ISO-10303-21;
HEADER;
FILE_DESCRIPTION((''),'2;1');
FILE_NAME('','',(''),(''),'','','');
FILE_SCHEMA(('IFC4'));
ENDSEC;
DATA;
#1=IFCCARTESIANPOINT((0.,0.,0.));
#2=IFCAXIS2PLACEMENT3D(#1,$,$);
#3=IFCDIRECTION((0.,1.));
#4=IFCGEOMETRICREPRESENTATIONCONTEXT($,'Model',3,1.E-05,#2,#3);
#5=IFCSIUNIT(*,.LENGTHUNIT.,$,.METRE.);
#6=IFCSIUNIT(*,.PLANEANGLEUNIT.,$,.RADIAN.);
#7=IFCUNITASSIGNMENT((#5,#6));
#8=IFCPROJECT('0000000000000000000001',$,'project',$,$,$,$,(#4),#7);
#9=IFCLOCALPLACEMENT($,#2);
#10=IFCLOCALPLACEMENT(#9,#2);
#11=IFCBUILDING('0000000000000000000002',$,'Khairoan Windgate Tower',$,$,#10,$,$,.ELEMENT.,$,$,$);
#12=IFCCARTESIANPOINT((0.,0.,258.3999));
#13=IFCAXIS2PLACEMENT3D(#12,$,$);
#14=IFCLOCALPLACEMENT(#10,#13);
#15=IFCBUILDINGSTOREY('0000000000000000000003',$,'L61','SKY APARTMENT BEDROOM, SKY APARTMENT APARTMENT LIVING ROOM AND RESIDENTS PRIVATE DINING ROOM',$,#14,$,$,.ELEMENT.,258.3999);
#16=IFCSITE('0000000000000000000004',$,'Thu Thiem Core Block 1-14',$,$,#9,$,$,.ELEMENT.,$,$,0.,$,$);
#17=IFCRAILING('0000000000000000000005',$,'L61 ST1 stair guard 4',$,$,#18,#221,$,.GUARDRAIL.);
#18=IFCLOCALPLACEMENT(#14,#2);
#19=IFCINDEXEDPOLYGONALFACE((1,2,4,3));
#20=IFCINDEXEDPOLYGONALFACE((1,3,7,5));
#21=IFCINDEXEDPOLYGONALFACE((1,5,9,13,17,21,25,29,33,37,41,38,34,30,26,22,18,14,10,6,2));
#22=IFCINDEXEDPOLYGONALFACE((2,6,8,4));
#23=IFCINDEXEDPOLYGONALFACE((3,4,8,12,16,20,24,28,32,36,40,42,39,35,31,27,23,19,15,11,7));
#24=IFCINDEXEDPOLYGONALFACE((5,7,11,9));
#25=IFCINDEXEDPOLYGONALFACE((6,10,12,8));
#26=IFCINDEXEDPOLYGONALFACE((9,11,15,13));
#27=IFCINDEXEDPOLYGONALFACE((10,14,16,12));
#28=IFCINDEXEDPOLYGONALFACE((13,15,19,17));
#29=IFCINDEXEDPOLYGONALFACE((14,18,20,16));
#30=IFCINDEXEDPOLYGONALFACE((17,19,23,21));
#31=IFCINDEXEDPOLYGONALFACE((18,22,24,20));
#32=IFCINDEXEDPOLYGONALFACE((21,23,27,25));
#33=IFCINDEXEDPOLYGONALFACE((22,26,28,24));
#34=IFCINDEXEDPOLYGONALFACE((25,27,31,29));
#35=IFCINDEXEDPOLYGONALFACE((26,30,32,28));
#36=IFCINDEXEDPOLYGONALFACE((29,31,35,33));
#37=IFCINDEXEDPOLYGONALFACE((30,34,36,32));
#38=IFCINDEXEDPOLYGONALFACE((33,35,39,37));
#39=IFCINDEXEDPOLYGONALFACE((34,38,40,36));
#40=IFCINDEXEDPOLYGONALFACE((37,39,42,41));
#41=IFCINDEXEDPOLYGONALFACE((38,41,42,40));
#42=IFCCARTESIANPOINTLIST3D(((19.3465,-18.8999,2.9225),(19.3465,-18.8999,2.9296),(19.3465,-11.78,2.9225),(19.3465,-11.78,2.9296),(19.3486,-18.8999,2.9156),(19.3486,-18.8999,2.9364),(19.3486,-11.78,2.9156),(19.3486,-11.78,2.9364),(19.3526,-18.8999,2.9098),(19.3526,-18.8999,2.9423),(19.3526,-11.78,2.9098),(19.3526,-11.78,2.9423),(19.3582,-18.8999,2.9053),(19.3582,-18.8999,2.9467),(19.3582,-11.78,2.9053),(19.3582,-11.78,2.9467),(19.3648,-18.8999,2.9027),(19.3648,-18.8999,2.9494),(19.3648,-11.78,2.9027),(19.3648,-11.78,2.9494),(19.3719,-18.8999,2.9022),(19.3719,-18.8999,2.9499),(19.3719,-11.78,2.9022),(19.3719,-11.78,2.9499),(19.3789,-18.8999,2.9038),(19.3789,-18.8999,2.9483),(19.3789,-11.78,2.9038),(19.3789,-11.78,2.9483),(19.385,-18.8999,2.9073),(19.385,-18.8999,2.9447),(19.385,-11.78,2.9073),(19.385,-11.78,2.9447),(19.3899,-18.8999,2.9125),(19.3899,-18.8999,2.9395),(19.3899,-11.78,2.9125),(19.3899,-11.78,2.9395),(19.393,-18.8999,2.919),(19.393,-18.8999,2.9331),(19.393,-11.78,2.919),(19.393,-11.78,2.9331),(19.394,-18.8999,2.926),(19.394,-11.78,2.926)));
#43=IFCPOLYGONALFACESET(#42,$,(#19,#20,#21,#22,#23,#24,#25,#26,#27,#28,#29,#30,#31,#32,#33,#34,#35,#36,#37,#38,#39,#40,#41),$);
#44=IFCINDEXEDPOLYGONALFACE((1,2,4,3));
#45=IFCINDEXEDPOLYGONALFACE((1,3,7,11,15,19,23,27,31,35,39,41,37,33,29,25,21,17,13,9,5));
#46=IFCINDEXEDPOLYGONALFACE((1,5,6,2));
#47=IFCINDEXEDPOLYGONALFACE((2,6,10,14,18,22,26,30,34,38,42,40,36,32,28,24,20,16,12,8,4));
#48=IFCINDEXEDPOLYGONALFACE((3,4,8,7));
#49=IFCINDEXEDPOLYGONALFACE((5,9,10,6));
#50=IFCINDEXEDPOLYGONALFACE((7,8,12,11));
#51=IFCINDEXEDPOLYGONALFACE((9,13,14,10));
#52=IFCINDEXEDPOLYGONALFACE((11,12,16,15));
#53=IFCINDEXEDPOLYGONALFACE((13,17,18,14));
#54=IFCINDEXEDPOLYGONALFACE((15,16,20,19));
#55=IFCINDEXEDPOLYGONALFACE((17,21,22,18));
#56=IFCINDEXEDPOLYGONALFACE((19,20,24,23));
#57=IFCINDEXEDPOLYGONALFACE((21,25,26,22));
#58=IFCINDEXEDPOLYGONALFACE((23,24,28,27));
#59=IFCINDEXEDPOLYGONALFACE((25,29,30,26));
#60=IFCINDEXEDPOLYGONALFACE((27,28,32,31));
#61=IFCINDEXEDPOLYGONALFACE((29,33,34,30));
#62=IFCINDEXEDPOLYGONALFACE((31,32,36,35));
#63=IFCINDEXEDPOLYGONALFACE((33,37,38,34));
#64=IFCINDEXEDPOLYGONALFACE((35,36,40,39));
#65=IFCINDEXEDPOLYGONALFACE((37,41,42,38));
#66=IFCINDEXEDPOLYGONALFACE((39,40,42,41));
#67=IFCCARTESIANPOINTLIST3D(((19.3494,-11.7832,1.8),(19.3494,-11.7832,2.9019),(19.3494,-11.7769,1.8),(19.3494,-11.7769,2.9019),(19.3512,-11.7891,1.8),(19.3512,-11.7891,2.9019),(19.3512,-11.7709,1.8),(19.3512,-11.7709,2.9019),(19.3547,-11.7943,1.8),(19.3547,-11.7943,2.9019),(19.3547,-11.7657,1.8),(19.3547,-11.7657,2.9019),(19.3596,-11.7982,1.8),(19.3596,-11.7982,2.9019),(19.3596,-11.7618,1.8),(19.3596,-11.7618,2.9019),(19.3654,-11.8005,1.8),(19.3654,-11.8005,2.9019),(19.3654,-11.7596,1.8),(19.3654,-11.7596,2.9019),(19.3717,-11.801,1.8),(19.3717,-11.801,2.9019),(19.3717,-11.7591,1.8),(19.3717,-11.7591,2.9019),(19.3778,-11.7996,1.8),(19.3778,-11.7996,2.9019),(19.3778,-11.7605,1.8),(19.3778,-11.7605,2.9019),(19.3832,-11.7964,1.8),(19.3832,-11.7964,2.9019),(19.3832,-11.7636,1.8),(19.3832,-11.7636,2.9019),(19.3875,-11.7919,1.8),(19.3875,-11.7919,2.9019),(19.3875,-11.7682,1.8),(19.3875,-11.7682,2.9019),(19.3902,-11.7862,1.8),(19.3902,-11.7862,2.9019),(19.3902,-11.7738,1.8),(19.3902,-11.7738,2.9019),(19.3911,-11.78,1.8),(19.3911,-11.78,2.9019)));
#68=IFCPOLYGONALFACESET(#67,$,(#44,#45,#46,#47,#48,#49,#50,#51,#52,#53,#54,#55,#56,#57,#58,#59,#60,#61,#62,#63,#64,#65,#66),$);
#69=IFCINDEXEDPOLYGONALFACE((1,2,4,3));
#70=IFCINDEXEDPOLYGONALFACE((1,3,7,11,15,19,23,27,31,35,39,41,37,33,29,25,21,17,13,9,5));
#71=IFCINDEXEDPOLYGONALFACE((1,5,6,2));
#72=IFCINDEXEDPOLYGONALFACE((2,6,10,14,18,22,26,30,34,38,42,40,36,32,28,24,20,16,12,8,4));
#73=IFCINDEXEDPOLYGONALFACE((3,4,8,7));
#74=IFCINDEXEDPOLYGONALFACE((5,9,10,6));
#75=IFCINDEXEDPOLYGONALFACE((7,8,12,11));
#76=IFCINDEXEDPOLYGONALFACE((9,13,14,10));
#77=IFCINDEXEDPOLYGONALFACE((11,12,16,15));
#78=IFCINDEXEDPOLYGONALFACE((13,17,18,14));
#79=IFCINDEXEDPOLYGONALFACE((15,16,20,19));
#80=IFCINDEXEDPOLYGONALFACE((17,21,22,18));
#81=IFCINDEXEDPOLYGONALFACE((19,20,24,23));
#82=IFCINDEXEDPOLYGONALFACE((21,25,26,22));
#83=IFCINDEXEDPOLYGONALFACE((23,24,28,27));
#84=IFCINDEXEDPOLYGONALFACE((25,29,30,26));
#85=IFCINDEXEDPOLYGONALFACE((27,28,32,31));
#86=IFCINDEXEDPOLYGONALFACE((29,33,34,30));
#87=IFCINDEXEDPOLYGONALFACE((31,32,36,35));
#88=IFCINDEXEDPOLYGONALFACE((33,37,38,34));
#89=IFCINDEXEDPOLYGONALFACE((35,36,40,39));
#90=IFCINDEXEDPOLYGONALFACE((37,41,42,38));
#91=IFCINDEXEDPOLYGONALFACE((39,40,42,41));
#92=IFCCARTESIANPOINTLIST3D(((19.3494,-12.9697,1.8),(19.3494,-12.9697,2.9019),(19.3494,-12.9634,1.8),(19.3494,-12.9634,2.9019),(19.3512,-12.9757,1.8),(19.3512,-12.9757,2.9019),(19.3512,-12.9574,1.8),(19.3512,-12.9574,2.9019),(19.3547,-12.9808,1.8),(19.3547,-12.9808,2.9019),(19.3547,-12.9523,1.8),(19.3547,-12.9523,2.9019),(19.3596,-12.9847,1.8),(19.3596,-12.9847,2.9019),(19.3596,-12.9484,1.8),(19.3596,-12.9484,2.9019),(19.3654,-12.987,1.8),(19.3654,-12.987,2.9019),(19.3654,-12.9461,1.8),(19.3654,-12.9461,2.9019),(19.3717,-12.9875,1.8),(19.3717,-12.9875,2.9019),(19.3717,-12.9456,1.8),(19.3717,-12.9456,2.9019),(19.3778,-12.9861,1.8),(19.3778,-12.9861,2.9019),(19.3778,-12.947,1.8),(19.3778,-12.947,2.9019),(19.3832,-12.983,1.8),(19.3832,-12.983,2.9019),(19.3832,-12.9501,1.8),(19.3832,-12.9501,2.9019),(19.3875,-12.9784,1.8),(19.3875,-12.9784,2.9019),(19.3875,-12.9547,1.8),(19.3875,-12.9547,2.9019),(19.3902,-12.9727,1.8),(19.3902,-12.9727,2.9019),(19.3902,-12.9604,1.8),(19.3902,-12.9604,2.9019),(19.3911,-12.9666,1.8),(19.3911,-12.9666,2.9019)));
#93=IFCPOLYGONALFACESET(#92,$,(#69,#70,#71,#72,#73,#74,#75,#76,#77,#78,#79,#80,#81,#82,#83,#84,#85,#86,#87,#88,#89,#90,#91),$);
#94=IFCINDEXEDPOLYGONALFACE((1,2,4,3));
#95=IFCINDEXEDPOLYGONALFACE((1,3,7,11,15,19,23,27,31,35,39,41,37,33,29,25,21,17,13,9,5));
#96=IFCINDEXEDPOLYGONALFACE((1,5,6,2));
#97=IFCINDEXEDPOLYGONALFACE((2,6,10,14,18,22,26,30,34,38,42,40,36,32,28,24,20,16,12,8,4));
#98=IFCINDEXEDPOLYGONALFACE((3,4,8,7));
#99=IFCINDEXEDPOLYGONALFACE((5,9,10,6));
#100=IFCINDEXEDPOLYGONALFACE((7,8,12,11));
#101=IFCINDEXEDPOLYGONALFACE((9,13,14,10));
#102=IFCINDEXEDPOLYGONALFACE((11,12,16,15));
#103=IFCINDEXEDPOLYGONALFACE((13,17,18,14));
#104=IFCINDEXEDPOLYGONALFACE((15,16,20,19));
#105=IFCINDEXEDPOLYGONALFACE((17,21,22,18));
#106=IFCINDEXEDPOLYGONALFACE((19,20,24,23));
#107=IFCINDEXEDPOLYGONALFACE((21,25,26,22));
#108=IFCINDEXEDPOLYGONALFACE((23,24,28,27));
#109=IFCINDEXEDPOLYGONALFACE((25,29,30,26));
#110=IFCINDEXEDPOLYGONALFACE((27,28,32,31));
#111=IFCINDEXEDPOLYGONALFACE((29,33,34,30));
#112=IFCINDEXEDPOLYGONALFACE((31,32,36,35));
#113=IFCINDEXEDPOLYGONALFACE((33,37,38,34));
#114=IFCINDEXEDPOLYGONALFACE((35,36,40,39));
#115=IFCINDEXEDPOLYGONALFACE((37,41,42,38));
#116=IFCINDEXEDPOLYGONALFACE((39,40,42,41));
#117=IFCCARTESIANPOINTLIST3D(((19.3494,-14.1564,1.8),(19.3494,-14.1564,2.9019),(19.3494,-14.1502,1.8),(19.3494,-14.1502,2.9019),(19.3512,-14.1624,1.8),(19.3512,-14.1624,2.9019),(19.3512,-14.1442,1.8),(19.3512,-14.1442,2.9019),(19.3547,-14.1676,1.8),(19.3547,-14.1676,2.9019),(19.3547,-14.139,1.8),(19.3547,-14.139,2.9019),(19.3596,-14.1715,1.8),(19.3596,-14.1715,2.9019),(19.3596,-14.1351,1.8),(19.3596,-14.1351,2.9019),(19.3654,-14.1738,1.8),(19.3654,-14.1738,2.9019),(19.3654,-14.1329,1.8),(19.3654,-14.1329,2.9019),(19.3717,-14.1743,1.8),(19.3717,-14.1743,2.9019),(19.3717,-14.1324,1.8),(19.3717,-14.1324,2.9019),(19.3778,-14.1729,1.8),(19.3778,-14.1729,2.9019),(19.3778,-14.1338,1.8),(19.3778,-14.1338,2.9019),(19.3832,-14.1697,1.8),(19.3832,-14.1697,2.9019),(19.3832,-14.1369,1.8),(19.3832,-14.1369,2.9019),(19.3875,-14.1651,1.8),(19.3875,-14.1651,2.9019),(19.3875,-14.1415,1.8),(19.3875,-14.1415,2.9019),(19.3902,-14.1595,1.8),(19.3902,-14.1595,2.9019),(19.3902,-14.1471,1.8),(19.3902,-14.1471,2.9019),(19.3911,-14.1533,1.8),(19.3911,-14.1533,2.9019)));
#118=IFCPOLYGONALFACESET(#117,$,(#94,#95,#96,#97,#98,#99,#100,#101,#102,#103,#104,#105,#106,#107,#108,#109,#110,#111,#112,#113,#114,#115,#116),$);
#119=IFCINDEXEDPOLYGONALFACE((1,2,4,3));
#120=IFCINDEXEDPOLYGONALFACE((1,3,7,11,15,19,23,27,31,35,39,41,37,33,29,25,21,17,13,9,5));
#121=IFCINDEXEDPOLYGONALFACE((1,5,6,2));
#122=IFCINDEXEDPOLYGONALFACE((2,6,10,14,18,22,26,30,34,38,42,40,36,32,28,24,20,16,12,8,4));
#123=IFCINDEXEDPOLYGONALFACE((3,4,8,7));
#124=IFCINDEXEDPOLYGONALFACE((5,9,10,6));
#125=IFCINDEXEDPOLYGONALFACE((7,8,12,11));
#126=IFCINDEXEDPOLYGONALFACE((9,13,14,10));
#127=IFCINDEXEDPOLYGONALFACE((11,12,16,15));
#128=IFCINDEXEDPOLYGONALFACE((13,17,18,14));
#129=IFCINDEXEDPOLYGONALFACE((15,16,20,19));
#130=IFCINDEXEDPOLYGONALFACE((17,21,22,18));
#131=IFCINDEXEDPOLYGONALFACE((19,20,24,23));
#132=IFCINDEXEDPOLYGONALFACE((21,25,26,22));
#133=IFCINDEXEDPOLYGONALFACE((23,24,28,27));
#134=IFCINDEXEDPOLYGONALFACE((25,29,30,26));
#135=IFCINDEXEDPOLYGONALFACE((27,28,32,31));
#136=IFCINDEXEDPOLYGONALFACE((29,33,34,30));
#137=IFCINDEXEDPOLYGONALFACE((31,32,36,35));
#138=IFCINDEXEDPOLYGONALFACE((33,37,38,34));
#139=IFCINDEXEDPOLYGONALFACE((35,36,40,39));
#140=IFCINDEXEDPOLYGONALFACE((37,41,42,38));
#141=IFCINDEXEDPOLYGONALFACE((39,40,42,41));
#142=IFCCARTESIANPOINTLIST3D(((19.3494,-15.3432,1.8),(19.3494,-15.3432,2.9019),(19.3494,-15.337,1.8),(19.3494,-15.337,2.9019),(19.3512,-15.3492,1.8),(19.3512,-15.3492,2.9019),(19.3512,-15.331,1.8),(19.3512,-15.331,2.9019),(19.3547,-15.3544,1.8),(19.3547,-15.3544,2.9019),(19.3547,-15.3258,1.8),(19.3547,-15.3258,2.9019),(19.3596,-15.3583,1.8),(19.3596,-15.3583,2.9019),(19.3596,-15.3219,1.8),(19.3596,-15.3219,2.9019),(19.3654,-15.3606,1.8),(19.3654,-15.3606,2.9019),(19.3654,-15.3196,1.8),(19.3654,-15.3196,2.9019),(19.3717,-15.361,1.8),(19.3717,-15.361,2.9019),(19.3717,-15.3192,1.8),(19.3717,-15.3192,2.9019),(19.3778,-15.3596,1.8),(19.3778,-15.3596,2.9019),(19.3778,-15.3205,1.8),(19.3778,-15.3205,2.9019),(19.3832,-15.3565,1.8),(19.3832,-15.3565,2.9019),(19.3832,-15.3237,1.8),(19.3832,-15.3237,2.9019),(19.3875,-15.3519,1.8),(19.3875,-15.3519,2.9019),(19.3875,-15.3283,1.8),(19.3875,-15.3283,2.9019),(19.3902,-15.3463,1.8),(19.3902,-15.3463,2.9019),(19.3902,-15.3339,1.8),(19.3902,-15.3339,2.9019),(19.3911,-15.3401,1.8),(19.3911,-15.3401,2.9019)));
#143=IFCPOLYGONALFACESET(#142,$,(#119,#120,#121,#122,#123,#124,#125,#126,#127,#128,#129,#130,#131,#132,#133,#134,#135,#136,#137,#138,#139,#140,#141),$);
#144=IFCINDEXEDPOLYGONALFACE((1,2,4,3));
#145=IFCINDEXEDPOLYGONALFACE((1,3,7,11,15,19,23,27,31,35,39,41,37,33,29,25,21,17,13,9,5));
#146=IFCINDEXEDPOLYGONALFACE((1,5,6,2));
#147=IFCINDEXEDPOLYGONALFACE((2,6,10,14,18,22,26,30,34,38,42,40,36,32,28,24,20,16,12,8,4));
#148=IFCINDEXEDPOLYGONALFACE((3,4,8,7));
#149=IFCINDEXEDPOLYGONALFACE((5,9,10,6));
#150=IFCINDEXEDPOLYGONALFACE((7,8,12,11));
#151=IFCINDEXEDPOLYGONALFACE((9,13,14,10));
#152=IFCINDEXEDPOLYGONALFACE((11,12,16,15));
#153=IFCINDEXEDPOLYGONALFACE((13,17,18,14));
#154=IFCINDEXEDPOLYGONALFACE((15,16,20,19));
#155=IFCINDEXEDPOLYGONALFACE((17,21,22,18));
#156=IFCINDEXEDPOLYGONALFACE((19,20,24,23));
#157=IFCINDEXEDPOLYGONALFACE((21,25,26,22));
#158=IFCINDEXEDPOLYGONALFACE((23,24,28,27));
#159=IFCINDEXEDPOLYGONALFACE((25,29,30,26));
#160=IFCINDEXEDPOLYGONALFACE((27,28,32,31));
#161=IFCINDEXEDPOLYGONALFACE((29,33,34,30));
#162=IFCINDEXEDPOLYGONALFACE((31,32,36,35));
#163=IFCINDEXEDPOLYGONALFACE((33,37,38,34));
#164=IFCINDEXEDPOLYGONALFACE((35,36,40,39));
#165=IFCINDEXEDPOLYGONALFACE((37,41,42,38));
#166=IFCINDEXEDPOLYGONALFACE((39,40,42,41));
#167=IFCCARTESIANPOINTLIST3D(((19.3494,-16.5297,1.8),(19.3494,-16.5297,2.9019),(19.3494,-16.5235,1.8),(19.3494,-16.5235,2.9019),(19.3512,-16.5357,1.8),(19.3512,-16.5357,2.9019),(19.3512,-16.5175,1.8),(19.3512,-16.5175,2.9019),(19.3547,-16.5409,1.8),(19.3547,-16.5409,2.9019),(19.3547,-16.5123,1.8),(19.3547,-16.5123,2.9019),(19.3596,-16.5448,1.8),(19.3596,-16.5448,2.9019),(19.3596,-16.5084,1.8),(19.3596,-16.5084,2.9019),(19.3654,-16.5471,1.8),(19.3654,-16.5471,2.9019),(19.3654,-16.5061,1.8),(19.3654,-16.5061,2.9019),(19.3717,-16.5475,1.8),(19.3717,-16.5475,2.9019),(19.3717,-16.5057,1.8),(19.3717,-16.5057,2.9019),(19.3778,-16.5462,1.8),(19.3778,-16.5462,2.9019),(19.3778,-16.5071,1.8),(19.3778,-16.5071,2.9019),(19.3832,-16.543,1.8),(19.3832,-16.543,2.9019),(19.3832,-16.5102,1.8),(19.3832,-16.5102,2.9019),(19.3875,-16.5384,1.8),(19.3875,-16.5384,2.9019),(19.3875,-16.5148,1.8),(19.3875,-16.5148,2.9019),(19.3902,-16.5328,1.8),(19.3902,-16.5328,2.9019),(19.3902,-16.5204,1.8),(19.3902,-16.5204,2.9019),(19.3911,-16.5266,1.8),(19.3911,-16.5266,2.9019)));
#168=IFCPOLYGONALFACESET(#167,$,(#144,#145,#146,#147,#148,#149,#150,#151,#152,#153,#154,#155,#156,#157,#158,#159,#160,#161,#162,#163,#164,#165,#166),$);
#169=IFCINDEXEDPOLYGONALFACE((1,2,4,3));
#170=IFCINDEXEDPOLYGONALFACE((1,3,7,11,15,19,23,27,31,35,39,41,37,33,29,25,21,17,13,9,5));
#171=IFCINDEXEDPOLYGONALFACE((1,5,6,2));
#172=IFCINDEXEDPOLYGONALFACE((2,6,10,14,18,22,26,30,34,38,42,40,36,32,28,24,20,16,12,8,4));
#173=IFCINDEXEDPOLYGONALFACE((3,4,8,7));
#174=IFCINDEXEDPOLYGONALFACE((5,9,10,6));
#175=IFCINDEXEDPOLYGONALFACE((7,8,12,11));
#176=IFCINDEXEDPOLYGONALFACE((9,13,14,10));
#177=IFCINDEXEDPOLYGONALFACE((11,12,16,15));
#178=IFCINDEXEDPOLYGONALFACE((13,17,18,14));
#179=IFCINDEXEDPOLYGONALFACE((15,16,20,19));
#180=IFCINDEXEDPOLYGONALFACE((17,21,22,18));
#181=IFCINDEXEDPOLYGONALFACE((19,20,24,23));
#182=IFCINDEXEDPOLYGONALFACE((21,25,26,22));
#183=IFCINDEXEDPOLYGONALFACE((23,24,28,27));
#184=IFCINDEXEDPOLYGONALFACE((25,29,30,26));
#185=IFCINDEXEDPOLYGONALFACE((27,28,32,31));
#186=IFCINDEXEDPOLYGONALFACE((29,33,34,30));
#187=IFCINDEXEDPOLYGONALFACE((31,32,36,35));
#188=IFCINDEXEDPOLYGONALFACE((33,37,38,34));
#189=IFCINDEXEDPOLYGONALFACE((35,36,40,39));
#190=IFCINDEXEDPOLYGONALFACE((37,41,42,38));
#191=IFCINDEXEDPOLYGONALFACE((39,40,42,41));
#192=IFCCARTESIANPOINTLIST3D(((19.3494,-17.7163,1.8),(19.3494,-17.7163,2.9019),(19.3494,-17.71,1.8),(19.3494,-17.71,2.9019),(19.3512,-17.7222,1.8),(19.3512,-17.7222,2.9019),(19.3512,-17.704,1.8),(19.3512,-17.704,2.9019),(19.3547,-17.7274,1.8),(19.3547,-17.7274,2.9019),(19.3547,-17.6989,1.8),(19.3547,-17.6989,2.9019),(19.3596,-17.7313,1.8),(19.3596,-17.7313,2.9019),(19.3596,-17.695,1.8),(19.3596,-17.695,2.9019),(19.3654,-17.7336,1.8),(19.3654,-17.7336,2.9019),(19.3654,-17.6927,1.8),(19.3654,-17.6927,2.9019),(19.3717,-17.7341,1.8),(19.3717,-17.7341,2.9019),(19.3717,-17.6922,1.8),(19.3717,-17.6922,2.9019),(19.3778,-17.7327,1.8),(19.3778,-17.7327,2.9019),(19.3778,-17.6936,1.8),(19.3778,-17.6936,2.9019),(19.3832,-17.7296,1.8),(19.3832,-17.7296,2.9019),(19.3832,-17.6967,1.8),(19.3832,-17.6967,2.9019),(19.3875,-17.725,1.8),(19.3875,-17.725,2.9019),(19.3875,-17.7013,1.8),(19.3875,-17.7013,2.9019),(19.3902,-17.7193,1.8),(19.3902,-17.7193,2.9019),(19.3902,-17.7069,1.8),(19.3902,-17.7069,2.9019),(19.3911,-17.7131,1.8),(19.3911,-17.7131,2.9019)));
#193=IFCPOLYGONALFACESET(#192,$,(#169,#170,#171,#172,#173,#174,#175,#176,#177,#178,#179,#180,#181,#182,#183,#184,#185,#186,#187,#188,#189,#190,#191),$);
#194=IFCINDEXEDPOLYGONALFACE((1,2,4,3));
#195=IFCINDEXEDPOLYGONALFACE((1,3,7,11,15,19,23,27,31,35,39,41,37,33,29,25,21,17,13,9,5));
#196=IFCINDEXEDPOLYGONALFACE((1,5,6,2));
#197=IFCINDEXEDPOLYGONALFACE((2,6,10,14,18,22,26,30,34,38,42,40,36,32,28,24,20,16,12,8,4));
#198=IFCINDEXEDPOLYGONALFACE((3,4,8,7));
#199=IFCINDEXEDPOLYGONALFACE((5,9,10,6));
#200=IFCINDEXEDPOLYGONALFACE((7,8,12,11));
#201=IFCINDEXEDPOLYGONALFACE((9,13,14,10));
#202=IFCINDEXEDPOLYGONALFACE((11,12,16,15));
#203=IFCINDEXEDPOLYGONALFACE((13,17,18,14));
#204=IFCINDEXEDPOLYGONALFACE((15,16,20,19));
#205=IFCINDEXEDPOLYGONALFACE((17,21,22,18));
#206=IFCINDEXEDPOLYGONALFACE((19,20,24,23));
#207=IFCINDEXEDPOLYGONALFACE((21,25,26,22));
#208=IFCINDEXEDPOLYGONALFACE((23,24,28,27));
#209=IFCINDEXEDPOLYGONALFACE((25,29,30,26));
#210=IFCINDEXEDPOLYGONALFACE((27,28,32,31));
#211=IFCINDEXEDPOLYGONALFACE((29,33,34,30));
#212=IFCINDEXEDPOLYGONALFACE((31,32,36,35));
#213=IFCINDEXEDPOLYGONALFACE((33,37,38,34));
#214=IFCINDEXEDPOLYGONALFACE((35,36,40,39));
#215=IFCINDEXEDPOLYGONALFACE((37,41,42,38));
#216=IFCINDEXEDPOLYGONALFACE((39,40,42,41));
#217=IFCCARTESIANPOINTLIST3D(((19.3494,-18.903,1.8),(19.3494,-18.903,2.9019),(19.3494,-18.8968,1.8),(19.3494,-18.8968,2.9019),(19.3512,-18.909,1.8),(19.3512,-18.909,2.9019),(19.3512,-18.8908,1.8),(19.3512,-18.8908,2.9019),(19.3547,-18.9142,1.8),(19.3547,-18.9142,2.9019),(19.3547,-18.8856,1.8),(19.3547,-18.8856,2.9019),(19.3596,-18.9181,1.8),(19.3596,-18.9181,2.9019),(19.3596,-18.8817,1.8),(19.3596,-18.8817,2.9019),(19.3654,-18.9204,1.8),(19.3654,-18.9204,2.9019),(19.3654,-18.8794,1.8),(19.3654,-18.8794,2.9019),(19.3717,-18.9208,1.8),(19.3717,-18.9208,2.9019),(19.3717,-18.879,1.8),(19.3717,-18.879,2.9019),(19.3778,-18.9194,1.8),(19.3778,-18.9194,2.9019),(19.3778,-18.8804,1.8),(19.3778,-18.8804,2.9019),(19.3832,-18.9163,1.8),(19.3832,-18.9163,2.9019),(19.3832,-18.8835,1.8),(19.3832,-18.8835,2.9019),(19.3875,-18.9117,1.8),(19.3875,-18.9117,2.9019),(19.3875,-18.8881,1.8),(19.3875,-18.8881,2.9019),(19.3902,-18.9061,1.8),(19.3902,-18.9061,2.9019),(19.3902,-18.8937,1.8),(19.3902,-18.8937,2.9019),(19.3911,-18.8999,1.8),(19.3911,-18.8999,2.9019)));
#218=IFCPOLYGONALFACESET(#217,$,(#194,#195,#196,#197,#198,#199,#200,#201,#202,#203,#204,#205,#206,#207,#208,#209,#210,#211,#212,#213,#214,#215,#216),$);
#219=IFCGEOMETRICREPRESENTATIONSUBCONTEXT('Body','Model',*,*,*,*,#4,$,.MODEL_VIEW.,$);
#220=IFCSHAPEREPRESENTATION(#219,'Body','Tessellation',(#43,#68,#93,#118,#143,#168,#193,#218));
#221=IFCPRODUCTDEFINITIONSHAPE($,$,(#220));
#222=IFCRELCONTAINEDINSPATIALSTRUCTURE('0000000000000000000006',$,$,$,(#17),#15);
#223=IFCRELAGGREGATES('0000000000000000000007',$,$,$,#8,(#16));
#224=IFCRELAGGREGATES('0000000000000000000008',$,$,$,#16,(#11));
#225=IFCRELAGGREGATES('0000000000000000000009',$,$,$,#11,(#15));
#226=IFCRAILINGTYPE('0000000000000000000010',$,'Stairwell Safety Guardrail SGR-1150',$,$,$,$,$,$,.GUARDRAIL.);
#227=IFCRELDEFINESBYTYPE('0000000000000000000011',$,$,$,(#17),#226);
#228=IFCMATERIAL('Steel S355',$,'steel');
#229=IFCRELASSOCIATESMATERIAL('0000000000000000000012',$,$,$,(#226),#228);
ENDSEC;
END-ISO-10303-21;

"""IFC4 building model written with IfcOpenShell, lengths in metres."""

from ifc_helpers import new_model, si_unit, direction, frame, origin, origin_2d, place, context, subcontext, project, spatial, circle, extrude, material, type_object, element, save


model = new_model("IFC4")

# Units and contexts
model_context = context("Model", 3, precision=1e-05, world=origin(), true_north=direction((0.0, 1.0)))
body_context = subcontext(model_context, "Body", "Model", "MODEL_VIEW")
ifc_project = project(units=[si_unit("LENGTHUNIT", "METRE"), si_unit("PLANEANGLEUNIT", "RADIAN")], contexts=[model_context])

# Site, building, storey
site_placement = place(None, origin())
site = spatial("IfcSite", under=ifc_project, at=site_placement, Name="Thu Thiem Core Block 1-14", CompositionType="ELEMENT", RefElevation=0.0)
building_placement = place(site_placement, origin())
building = spatial("IfcBuilding", under=site, at=building_placement, Name="Khairoan Windgate Tower", CompositionType="ELEMENT")
storey_placement = place(building_placement, frame((0.0, 0.0, 258.3999)))
storey = spatial("IfcBuildingStorey", under=building, at=storey_placement, Name="L61", Description="SKY APARTMENT BEDROOM, SKY APARTMENT APARTMENT LIVING ROOM AND RESIDENTS PRIVATE DINING ROOM", CompositionType="ELEMENT", Elevation=258.3999)

# Railing
ifc_material_1 = material(Name="Steel S355", Category="steel")
railing_type_1 = type_object("IfcRailingType", Name="Stairwell Safety Guardrail SGR-1150", PredefinedType="GUARDRAIL", material=ifc_material_1)
railing_1_placement = place(storey_placement, frame((19.3701, -11.78, 1.8)))
element("IfcRailing", 1, at=railing_1_placement, inside=storey, type_object=railing_type_1, Name="L61 ST1 stair guard 4", PredefinedType="GUARDRAIL", context=body_context, shape_type="SweptSolid", body=[
    extrude(circle(Radius=0.0239, at=origin_2d()), frame((0.0, 0.0, 1.126), z_axis=(0.0, -1.0, 0.0), x_axis=(1.0, 0.0, 0.0)), (0.0, 0.0, 1.0), 7.1199),
    extrude(circle(Radius=0.021, at=origin_2d()), origin(), (0.0, 0.0, 1.0), 1.1018),
    extrude(circle(Radius=0.021, at=origin_2d()), frame((0.0, -1.1865, 0.0)), (0.0, 0.0, 1.0), 1.1018),
    extrude(circle(Radius=0.021, at=origin_2d()), frame((0.0, -2.3733, 0.0)), (0.0, 0.0, 1.0), 1.1018),
    extrude(circle(Radius=0.021, at=origin_2d()), frame((0.0, -3.5601, 0.0)), (0.0, 0.0, 1.0), 1.1018),
    extrude(circle(Radius=0.021, at=origin_2d()), frame((0.0, -4.7466, 0.0)), (0.0, 0.0, 1.0), 1.1018),
    extrude(circle(Radius=0.021, at=origin_2d()), frame((0.0, -5.9331, 0.0)), (0.0, 0.0, 1.0), 1.1018),
    extrude(circle(Radius=0.021, at=origin_2d()), frame((0.0, -7.1199, 0.0)), (0.0, 0.0, 1.0), 1.1018),
])

save(model, "model.ifc")
